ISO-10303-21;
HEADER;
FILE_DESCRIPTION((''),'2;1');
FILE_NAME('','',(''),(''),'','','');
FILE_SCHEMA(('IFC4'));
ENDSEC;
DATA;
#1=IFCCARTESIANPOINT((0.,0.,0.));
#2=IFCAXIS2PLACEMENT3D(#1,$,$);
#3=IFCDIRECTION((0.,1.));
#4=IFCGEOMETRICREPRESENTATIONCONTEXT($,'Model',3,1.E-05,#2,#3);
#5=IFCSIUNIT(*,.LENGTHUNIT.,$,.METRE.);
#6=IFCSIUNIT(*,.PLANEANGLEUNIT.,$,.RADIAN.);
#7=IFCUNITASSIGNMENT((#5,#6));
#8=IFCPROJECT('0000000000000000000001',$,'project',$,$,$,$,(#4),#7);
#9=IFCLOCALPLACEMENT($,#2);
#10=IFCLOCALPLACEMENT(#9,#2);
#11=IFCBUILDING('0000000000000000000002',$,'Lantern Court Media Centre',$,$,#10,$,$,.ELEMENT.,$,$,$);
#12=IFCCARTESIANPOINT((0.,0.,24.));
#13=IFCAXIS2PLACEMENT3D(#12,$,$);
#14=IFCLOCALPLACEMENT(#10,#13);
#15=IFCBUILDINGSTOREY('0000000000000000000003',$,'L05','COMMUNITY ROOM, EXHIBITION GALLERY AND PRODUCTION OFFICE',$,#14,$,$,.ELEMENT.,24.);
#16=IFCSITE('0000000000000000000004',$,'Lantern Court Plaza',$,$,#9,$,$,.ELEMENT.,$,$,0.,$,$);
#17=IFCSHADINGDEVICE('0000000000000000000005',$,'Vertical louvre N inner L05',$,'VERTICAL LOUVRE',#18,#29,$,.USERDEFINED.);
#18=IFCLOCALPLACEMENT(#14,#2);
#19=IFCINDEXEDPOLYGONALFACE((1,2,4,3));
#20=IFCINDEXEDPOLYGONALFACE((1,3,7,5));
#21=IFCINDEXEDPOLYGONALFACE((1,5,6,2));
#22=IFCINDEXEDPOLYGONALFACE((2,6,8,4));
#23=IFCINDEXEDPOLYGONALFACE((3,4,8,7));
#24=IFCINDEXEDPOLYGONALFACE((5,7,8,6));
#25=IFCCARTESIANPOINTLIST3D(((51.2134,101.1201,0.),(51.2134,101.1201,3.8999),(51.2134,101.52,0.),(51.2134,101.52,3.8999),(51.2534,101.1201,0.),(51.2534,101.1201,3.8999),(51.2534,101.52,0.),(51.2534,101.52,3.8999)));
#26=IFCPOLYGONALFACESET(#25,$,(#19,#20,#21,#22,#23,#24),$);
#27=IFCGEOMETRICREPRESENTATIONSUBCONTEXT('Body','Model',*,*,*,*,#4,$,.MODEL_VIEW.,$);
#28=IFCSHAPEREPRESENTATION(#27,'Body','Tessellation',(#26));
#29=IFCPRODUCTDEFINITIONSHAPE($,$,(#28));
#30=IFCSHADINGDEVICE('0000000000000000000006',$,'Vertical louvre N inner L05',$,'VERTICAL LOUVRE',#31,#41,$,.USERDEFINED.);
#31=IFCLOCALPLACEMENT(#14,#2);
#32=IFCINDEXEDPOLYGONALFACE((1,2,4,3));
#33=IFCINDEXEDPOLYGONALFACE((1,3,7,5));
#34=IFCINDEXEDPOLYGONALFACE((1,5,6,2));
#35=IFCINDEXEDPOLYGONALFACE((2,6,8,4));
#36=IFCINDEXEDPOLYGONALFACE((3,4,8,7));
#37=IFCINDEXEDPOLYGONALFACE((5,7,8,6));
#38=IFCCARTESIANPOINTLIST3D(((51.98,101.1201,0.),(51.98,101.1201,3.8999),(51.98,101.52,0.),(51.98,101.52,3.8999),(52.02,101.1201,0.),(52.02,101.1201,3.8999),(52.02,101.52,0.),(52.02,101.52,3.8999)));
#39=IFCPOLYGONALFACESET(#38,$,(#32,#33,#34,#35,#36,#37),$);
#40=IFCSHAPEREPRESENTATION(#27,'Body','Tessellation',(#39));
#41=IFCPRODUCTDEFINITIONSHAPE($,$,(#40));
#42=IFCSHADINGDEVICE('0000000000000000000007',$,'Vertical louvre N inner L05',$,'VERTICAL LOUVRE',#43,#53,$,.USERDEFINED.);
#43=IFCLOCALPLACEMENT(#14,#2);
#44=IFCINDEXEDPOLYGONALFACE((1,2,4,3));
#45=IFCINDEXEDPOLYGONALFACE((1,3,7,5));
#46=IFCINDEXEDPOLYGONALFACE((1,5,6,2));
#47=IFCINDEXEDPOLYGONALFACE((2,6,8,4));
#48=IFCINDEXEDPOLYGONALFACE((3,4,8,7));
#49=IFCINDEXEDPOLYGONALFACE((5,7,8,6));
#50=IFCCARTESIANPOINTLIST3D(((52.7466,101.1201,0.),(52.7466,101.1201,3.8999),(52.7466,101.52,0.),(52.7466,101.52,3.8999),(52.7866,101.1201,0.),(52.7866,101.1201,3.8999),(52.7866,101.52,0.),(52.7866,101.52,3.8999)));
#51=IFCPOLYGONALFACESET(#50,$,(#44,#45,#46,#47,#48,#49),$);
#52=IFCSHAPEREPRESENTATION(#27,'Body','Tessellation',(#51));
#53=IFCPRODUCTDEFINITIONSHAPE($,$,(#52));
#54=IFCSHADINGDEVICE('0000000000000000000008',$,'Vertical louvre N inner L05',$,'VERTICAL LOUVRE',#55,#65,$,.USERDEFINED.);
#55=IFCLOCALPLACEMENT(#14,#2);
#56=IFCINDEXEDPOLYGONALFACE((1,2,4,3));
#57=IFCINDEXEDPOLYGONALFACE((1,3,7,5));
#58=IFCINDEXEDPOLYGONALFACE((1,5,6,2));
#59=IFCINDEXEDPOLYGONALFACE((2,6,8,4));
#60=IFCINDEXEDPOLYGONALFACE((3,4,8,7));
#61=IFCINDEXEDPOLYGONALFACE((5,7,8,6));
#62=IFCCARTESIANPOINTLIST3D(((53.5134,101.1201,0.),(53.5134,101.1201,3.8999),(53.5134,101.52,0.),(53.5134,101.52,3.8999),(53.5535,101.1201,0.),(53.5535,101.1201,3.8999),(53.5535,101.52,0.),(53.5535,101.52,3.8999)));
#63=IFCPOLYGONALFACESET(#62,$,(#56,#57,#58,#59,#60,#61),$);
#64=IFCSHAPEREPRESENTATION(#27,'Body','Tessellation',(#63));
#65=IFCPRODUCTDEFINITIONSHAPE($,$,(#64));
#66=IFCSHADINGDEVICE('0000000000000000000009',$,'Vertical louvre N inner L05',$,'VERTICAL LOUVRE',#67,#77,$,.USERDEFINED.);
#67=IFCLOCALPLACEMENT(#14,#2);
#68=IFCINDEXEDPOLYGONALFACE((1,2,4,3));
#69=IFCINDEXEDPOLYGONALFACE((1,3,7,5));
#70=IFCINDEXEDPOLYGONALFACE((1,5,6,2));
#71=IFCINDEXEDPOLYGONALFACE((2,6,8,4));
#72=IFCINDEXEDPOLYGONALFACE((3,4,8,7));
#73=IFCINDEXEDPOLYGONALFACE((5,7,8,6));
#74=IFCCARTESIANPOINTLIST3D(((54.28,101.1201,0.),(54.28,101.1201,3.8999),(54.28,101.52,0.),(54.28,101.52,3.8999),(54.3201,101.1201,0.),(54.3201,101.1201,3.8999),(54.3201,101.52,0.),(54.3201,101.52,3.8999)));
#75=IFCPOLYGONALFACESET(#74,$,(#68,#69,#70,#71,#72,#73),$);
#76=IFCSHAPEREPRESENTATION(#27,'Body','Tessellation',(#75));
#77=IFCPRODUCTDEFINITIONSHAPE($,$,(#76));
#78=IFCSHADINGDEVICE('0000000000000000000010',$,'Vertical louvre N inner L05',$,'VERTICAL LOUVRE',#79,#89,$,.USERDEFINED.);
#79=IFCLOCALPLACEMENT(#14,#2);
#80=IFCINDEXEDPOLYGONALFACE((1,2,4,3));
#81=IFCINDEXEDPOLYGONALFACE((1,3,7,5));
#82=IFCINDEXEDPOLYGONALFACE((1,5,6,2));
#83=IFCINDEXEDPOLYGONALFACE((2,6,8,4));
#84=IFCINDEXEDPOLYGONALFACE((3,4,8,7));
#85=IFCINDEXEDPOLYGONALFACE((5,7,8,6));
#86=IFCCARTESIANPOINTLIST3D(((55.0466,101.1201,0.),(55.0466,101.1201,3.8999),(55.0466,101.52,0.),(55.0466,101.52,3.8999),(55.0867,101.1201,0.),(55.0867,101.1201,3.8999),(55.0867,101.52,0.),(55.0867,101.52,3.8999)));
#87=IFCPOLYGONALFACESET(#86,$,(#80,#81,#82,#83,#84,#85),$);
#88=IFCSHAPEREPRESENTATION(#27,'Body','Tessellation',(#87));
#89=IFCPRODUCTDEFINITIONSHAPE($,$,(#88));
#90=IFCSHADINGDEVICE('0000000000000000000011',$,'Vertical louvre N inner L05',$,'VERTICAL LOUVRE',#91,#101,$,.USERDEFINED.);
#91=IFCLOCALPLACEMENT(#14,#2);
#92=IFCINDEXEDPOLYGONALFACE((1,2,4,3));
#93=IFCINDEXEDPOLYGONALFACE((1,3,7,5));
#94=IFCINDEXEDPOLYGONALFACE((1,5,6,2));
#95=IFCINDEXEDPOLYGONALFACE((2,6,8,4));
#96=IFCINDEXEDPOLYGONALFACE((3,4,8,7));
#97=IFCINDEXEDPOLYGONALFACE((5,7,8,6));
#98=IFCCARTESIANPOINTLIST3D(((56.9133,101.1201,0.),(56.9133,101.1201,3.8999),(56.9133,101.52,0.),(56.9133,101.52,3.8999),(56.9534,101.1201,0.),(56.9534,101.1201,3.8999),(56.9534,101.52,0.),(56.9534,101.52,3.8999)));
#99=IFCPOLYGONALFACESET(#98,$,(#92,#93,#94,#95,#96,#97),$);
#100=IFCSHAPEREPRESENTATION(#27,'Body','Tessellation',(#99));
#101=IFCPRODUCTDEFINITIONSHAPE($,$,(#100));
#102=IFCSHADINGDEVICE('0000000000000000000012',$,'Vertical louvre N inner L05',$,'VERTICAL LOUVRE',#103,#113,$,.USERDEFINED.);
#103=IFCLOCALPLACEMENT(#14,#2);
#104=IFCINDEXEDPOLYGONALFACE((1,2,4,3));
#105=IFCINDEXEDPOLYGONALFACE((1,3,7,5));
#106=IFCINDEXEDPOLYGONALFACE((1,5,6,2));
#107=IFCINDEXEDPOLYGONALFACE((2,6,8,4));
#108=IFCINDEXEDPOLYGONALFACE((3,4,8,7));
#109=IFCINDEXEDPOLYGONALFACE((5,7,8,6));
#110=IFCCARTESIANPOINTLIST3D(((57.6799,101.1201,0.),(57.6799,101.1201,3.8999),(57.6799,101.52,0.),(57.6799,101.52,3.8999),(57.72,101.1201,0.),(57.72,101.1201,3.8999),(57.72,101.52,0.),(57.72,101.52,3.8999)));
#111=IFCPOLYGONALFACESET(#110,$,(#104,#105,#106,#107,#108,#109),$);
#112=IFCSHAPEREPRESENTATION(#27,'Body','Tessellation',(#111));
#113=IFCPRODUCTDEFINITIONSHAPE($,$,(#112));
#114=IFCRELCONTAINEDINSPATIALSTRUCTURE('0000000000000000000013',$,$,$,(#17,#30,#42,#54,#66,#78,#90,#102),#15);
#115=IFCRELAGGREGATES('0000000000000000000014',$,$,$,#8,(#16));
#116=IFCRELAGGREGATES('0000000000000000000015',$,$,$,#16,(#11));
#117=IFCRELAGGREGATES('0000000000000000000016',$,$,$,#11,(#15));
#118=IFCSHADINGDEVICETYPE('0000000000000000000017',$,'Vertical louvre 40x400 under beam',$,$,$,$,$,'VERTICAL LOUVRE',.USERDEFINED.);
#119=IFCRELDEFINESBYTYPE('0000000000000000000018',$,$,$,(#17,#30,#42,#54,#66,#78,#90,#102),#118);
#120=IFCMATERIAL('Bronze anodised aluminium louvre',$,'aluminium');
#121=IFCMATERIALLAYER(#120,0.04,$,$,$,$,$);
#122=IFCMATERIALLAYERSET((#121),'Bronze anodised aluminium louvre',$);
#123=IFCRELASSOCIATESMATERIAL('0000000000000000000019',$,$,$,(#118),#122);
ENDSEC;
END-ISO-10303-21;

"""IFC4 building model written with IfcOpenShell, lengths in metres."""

from ifc_helpers import new_model, si_unit, direction, frame, origin, origin_2d, place, context, subcontext, project, spatial, rectangle, extrude, material, layer, layer_set, type_object, element, save


model = new_model("IFC4")

# Units and contexts
model_context = context("Model", 3, precision=1e-05, world=origin(), true_north=direction((0.0, 1.0)))
body_context = subcontext(model_context, "Body", "Model", "MODEL_VIEW")
ifc_project = project(units=[si_unit("LENGTHUNIT", "METRE"), si_unit("PLANEANGLEUNIT", "RADIAN")], contexts=[model_context])

# Site, building, storey
site_placement = place(None, origin())
site = spatial("IfcSite", under=ifc_project, at=site_placement, Name="Lantern Court Plaza", CompositionType="ELEMENT", RefElevation=0.0)
building_placement = place(site_placement, origin())
building = spatial("IfcBuilding", under=site, at=building_placement, Name="Lantern Court Media Centre", CompositionType="ELEMENT")
storey_placement = place(building_placement, frame((0.0, 0.0, 24.0)))
storey = spatial("IfcBuildingStorey", under=building, at=storey_placement, Name="L05", Description="COMMUNITY ROOM, EXHIBITION GALLERY AND PRODUCTION OFFICE", CompositionType="ELEMENT", Elevation=24.0)

# Shading devices
ifc_material_1 = material(Name="Bronze anodised aluminium louvre", Category="aluminium")
ifc_layer_1 = layer(ifc_material_1, 0.04)
ifc_layer_set_1 = layer_set([ifc_layer_1], Name="Bronze anodised aluminium louvre")
shading_device_type = type_object("IfcShadingDeviceType", Name="Vertical louvre 40x400 under beam", ElementType="VERTICAL LOUVRE", PredefinedType="USERDEFINED", material=ifc_layer_set_1)
for number, where, z_axis, x_axis, name in (
    (1, (51.2334, 101.3201, 0.0), (0.0, 0.0, 1.0), (1.0, 0.0, 0.0), "Vertical louvre N inner L05"),
    (2, (52.0, 101.3201, 0.0), (0.0, 0.0, 1.0), (1.0, 0.0, 0.0), "Vertical louvre N inner L05"),
    (3, (52.7666, 101.3201, 0.0), (0.0, 0.0, 1.0), (1.0, 0.0, 0.0), "Vertical louvre N inner L05"),
    (4, (53.5334, 101.3201, 0.0), (0.0, 0.0, 1.0), (1.0, 0.0, 0.0), "Vertical louvre N inner L05"),
    (5, (54.3, 101.3201, 0.0), (0.0, 0.0, 1.0), (1.0, 0.0, 0.0), "Vertical louvre N inner L05"),
    (6, (55.0667, 101.3201, 0.0), (0.0, 0.0, 1.0), (1.0, 0.0, 0.0), "Vertical louvre N inner L05"),
    (7, (56.9333, 101.3201, 0.0), (0.0, 0.0, 1.0), (1.0, 0.0, 0.0), "Vertical louvre N inner L05"),
    (8, (57.7, 101.3201, 0.0), (0.0, 0.0, 1.0), (1.0, 0.0, 0.0), "Vertical louvre N inner L05"),
):
    element("IfcShadingDevice", number, at=place(storey_placement, frame(where, z_axis=z_axis, x_axis=x_axis)), inside=storey, type_object=shading_device_type, Name=name, ObjectType="VERTICAL LOUVRE", PredefinedType="USERDEFINED", context=body_context, shape_type="SweptSolid", body=[
        extrude(rectangle(XDim=0.04, YDim=0.3999, at=origin_2d()), origin(), (0.0, 0.0, 1.0), 3.8999),
    ])

save(model, "model.ifc")
